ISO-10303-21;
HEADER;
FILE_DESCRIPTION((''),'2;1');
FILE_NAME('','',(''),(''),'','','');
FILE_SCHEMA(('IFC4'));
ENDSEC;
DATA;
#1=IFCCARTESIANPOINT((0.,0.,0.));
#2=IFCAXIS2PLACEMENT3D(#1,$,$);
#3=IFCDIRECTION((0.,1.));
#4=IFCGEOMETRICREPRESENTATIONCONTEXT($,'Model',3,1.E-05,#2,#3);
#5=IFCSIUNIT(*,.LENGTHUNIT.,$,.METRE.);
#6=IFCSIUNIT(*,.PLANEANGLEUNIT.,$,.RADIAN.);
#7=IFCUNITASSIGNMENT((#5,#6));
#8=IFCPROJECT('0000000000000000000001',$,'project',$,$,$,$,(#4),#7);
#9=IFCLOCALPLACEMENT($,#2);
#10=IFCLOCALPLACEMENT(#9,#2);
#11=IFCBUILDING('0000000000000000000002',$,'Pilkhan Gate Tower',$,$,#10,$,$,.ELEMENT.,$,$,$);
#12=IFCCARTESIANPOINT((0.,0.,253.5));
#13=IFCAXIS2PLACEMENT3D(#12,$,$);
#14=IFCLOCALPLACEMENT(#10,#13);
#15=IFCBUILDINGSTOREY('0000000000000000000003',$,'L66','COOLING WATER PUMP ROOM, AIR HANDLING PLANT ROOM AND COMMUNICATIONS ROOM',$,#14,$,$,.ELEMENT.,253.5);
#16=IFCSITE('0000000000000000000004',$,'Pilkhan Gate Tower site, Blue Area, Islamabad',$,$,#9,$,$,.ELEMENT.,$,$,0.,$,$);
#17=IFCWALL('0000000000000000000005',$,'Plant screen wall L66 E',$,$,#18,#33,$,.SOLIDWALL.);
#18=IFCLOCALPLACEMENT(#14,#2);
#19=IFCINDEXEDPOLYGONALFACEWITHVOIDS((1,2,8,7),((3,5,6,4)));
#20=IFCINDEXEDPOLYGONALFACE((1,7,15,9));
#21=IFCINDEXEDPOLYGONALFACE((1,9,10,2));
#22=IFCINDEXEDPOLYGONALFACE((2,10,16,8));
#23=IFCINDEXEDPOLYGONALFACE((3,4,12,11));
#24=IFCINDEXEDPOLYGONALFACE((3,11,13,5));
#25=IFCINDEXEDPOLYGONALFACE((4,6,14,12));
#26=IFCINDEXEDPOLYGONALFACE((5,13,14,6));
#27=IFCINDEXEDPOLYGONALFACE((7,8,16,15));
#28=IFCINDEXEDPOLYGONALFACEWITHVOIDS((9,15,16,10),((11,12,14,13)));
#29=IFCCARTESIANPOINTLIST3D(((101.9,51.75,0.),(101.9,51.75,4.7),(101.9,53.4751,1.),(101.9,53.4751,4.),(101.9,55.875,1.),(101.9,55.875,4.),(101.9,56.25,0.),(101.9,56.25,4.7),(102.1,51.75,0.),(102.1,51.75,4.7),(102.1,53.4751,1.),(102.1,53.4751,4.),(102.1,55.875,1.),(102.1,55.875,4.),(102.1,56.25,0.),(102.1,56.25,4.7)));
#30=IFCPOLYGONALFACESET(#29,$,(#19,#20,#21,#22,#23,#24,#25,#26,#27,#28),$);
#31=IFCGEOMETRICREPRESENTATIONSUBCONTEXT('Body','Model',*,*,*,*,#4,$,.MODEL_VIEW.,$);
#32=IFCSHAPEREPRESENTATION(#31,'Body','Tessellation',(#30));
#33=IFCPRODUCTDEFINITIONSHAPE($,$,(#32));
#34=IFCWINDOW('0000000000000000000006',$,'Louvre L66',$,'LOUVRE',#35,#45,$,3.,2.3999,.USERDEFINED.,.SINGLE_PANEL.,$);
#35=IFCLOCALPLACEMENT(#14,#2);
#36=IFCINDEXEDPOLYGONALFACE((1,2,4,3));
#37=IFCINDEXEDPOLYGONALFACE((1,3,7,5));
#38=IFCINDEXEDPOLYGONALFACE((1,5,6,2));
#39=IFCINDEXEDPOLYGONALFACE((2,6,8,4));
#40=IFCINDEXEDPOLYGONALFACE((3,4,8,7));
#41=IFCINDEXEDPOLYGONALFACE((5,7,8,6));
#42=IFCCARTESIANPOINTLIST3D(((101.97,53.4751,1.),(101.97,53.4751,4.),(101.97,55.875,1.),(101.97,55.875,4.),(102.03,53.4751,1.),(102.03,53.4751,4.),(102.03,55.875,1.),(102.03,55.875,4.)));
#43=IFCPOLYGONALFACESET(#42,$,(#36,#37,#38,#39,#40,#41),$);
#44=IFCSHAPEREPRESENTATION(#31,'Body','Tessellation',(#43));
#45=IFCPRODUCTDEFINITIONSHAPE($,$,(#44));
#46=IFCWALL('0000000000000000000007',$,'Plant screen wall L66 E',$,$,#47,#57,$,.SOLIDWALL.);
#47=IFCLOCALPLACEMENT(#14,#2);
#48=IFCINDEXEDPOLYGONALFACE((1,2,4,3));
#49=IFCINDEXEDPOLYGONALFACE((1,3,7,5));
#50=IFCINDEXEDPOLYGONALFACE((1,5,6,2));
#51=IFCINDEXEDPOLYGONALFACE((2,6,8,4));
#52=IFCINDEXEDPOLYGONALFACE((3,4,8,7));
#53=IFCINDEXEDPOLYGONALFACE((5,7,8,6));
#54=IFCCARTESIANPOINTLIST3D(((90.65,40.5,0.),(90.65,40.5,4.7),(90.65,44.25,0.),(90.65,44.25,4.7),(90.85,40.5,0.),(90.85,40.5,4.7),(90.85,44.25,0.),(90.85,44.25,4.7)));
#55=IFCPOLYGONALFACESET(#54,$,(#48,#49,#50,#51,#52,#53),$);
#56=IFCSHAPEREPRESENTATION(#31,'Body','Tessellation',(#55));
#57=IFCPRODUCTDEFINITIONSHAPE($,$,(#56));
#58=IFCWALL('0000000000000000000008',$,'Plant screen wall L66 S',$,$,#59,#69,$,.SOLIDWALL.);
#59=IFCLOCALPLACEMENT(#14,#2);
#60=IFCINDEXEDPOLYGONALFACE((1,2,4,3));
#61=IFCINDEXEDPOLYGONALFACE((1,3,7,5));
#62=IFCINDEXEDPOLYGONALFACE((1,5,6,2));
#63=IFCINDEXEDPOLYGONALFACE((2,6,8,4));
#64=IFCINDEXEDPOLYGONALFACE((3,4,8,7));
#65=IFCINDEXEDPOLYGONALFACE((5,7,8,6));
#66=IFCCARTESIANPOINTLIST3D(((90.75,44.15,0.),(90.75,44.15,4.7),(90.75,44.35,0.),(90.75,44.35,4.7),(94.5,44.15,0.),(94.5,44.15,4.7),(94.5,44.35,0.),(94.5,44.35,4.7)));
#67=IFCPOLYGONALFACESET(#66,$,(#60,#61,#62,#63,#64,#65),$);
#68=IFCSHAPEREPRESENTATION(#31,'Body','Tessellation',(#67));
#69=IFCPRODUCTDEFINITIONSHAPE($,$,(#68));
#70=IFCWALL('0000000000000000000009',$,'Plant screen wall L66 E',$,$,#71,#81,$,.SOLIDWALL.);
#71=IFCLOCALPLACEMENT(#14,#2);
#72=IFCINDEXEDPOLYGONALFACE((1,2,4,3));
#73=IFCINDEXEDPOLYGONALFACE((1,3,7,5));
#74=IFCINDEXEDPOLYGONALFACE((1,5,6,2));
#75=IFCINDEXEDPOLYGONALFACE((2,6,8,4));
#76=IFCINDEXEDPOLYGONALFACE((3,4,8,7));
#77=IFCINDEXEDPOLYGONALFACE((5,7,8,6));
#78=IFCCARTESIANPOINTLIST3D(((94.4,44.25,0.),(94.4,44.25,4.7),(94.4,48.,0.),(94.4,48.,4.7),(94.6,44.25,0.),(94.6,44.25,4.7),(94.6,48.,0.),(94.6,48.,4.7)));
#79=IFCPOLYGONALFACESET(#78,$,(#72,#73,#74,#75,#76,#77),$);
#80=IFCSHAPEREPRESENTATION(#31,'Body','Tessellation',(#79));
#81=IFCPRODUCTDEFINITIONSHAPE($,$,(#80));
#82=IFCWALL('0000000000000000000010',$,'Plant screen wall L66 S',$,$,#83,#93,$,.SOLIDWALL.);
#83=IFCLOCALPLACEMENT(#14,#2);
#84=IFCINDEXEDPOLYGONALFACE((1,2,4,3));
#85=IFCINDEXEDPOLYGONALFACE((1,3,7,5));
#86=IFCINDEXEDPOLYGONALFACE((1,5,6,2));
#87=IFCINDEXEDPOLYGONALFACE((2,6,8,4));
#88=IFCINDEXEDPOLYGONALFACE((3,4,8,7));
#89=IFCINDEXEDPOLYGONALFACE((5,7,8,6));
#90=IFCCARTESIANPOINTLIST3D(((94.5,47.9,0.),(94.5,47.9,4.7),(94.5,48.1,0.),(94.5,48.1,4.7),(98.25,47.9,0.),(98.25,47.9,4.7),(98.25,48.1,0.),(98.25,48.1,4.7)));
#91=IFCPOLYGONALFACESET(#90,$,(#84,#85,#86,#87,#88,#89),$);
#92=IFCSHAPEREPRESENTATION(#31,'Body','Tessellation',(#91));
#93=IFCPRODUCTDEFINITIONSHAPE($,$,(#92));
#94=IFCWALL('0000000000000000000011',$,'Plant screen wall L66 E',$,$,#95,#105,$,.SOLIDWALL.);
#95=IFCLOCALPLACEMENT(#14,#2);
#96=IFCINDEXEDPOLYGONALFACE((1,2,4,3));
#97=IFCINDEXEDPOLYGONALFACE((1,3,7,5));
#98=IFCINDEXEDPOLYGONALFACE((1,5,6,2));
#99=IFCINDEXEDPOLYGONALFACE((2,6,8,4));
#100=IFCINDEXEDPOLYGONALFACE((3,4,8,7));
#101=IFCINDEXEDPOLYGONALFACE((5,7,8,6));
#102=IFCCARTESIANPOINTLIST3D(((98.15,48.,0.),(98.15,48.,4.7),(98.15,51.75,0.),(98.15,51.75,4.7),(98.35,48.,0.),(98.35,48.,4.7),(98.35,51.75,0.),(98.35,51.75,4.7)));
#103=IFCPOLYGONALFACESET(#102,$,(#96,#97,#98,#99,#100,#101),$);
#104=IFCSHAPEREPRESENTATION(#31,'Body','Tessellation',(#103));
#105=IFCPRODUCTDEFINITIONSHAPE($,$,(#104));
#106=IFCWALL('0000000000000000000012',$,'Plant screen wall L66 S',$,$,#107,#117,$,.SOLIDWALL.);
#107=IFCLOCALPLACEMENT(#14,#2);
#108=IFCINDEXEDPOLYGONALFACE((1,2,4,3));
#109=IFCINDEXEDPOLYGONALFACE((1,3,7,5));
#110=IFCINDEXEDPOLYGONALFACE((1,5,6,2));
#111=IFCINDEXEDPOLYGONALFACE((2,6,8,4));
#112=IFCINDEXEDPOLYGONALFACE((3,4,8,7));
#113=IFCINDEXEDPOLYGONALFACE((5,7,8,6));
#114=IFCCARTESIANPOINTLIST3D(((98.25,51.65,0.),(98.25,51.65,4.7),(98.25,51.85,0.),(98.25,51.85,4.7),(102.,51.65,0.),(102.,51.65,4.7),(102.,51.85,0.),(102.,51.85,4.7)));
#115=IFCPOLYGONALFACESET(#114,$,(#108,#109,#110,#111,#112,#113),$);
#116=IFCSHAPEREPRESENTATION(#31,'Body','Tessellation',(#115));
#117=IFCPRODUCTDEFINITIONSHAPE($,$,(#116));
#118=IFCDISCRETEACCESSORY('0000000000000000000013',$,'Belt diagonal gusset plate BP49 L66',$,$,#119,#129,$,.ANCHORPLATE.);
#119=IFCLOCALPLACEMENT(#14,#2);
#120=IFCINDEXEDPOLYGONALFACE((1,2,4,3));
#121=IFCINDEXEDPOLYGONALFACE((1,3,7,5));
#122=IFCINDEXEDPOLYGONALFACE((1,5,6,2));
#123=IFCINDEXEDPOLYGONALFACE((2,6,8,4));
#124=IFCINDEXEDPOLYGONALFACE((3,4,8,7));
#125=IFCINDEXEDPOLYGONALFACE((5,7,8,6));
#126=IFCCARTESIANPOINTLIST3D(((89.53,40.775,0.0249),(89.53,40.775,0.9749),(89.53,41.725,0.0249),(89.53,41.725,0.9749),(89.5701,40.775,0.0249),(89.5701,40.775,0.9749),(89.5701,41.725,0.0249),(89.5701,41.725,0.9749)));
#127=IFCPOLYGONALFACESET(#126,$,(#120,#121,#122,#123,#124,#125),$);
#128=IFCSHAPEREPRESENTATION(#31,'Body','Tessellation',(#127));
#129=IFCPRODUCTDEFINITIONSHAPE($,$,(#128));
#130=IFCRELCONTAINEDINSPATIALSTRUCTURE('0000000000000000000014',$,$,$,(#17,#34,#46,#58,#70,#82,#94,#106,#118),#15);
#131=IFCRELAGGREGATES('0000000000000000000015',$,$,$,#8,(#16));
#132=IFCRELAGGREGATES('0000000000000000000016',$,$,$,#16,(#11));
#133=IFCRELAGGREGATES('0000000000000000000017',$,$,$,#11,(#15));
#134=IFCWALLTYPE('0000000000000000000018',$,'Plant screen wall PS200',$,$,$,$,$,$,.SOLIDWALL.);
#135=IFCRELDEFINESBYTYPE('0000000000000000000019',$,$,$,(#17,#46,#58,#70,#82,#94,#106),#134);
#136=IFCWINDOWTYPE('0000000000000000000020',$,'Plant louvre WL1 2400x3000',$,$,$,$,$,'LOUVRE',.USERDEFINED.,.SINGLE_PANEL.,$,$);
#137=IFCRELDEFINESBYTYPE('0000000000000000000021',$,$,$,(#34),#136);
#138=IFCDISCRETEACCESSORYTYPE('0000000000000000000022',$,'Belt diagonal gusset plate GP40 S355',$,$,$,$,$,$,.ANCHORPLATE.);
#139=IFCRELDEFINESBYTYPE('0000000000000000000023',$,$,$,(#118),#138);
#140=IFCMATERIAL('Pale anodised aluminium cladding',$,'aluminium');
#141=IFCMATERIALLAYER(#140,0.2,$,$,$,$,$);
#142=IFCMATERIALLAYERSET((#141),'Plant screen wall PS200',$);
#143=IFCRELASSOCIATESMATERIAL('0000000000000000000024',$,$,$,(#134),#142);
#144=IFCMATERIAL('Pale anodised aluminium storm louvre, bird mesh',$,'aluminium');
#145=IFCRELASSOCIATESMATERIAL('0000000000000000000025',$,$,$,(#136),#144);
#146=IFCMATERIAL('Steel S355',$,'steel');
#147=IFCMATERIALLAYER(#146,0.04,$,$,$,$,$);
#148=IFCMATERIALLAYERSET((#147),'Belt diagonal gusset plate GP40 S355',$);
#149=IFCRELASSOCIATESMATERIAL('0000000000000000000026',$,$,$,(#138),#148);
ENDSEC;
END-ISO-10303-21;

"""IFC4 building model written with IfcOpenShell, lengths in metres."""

from ifc_helpers import new_model, si_unit, direction, frame, frame_2d, origin, origin_2d, place, context, subcontext, project, spatial, rectangle, extrude, material, layer, layer_set, type_object, element, fill, save


model = new_model("IFC4")

# Units and contexts
model_context = context("Model", 3, precision=1e-05, world=origin(), true_north=direction((0.0, 1.0)))
body_context = subcontext(model_context, "Body", "Model", "MODEL_VIEW")
ifc_project = project(units=[si_unit("LENGTHUNIT", "METRE"), si_unit("PLANEANGLEUNIT", "RADIAN")], contexts=[model_context])

# Site, building, storey
site_placement = place(None, origin())
site = spatial("IfcSite", under=ifc_project, at=site_placement, Name="Pilkhan Gate Tower site, Blue Area, Islamabad", CompositionType="ELEMENT", RefElevation=0.0)
building_placement = place(site_placement, origin())
building = spatial("IfcBuilding", under=site, at=building_placement, Name="Pilkhan Gate Tower", CompositionType="ELEMENT")
storey_placement = place(building_placement, frame((0.0, 0.0, 253.5)))
storey = spatial("IfcBuildingStorey", under=building, at=storey_placement, Name="L66", Description="COOLING WATER PUMP ROOM, AIR HANDLING PLANT ROOM AND COMMUNICATIONS ROOM", CompositionType="ELEMENT", Elevation=253.5)

# Wall, opening, window
ifc_material_1 = material(Name="Pale anodised aluminium cladding", Category="aluminium")
ifc_layer_1 = layer(ifc_material_1, 0.2)
ifc_layer_set_1 = layer_set([ifc_layer_1], Name="Plant screen wall PS200")
wall_type_1 = type_object("IfcWallType", Name="Plant screen wall PS200", PredefinedType="SOLIDWALL", material=ifc_layer_set_1)
wall_1_placement = place(storey_placement, frame((102.0, 51.75, 0.0), z_axis=(0.0, 0.0, 1.0), x_axis=(0.0, 1.0, 0.0)))
wall_1 = element("IfcWall", 1, at=wall_1_placement, inside=storey, type_object=wall_type_1, Name="Plant screen wall L66 E", PredefinedType="SOLIDWALL", context=body_context, shape_type="SweptSolid", body=[
    extrude(rectangle(XDim=4.5, YDim=0.2, at=frame_2d((2.25, 0.0))), origin(), (0.0, 0.0, 1.0), 4.7),
])
opening_placement = place(wall_1_placement, frame((1.7251, 0.0, 1.0)))
opening = element("IfcOpeningElement", 2, at=opening_placement, cuts=wall_1, PredefinedType="OPENING", context=body_context, shape_type="SweptSolid", body=[
    extrude(rectangle(XDim=2.3999, YDim=3.0, at=frame_2d((1.2, 1.5))), frame((0.0, 0.1099, 0.0), z_axis=(0.0, -1.0, 0.0), x_axis=(1.0, 0.0, 0.0)), (0.0, 0.0, 1.0), 0.22),
])
ifc_material_2 = material(Name="Pale anodised aluminium storm louvre, bird mesh", Category="aluminium")
window_type = type_object("IfcWindowType", Name="Plant louvre WL1 2400x3000", ElementType="LOUVRE", PartitioningType="SINGLE_PANEL", PredefinedType="USERDEFINED", material=ifc_material_2)
window_placement = place(opening_placement, origin())
window = element("IfcWindow", 3, at=window_placement, inside=storey, type_object=window_type, Name="Louvre L66", ObjectType="LOUVRE", OverallHeight=3.0, OverallWidth=2.3999, PartitioningType="SINGLE_PANEL", PredefinedType="USERDEFINED", context=body_context, shape_type="SweptSolid", body=[
    extrude(rectangle(XDim=2.3999, YDim=3.0, at=frame_2d((1.2, 1.5))), frame((0.0, 0.03, 0.0), z_axis=(0.0, -1.0, 0.0), x_axis=(1.0, 0.0, 0.0)), (0.0, 0.0, 1.0), 0.0601),
])
fill(opening, window)

# Walls
for number, where, z_axis, x_axis, name in (
    (4, (90.75, 40.5, 0.0), (0.0, 0.0, 1.0), (0.0, 1.0, 0.0), "Plant screen wall L66 E"),
    (5, (90.75, 44.25, 0.0), (0.0, 0.0, 1.0), (1.0, 0.0, 0.0), "Plant screen wall L66 S"),
    (6, (94.5, 44.25, 0.0), (0.0, 0.0, 1.0), (0.0, 1.0, 0.0), "Plant screen wall L66 E"),
    (7, (94.5, 48.0, 0.0), (0.0, 0.0, 1.0), (1.0, 0.0, 0.0), "Plant screen wall L66 S"),
    (8, (98.25, 48.0, 0.0), (0.0, 0.0, 1.0), (0.0, 1.0, 0.0), "Plant screen wall L66 E"),
    (9, (98.25, 51.75, 0.0), (0.0, 0.0, 1.0), (1.0, 0.0, 0.0), "Plant screen wall L66 S"),
):
    element("IfcWall", number, at=place(storey_placement, frame(where, z_axis=z_axis, x_axis=x_axis)), inside=storey, type_object=wall_type_1, Name=name, PredefinedType="SOLIDWALL", context=body_context, shape_type="SweptSolid", body=[
        extrude(rectangle(XDim=3.75, YDim=0.2, at=frame_2d((1.875, 0.0))), origin(), (0.0, 0.0, 1.0), 4.7),
    ])

# Discrete accessory
ifc_material_3 = material(Name="Steel S355", Category="steel")
ifc_layer_2 = layer(ifc_material_3, 0.04)
ifc_layer_set_2 = layer_set([ifc_layer_2], Name="Belt diagonal gusset plate GP40 S355")
discrete_accessory_type = type_object("IfcDiscreteAccessoryType", Name="Belt diagonal gusset plate GP40 S355", PredefinedType="ANCHORPLATE", material=ifc_layer_set_2)
discrete_accessory_placement = place(storey_placement, frame((89.55, 41.25, 0.0249), z_axis=(0.0, 0.0, 1.0), x_axis=(1.0, 0.0, 0.0)))
element("IfcDiscreteAccessory", 10, at=discrete_accessory_placement, inside=storey, type_object=discrete_accessory_type, Name="Belt diagonal gusset plate BP49 L66", PredefinedType="ANCHORPLATE", context=body_context, shape_type="SweptSolid", body=[
    extrude(rectangle(XDim=0.04, YDim=0.95, at=origin_2d()), origin(), (0.0, 0.0, 1.0), 0.95),
])

save(model, "model.ifc")
